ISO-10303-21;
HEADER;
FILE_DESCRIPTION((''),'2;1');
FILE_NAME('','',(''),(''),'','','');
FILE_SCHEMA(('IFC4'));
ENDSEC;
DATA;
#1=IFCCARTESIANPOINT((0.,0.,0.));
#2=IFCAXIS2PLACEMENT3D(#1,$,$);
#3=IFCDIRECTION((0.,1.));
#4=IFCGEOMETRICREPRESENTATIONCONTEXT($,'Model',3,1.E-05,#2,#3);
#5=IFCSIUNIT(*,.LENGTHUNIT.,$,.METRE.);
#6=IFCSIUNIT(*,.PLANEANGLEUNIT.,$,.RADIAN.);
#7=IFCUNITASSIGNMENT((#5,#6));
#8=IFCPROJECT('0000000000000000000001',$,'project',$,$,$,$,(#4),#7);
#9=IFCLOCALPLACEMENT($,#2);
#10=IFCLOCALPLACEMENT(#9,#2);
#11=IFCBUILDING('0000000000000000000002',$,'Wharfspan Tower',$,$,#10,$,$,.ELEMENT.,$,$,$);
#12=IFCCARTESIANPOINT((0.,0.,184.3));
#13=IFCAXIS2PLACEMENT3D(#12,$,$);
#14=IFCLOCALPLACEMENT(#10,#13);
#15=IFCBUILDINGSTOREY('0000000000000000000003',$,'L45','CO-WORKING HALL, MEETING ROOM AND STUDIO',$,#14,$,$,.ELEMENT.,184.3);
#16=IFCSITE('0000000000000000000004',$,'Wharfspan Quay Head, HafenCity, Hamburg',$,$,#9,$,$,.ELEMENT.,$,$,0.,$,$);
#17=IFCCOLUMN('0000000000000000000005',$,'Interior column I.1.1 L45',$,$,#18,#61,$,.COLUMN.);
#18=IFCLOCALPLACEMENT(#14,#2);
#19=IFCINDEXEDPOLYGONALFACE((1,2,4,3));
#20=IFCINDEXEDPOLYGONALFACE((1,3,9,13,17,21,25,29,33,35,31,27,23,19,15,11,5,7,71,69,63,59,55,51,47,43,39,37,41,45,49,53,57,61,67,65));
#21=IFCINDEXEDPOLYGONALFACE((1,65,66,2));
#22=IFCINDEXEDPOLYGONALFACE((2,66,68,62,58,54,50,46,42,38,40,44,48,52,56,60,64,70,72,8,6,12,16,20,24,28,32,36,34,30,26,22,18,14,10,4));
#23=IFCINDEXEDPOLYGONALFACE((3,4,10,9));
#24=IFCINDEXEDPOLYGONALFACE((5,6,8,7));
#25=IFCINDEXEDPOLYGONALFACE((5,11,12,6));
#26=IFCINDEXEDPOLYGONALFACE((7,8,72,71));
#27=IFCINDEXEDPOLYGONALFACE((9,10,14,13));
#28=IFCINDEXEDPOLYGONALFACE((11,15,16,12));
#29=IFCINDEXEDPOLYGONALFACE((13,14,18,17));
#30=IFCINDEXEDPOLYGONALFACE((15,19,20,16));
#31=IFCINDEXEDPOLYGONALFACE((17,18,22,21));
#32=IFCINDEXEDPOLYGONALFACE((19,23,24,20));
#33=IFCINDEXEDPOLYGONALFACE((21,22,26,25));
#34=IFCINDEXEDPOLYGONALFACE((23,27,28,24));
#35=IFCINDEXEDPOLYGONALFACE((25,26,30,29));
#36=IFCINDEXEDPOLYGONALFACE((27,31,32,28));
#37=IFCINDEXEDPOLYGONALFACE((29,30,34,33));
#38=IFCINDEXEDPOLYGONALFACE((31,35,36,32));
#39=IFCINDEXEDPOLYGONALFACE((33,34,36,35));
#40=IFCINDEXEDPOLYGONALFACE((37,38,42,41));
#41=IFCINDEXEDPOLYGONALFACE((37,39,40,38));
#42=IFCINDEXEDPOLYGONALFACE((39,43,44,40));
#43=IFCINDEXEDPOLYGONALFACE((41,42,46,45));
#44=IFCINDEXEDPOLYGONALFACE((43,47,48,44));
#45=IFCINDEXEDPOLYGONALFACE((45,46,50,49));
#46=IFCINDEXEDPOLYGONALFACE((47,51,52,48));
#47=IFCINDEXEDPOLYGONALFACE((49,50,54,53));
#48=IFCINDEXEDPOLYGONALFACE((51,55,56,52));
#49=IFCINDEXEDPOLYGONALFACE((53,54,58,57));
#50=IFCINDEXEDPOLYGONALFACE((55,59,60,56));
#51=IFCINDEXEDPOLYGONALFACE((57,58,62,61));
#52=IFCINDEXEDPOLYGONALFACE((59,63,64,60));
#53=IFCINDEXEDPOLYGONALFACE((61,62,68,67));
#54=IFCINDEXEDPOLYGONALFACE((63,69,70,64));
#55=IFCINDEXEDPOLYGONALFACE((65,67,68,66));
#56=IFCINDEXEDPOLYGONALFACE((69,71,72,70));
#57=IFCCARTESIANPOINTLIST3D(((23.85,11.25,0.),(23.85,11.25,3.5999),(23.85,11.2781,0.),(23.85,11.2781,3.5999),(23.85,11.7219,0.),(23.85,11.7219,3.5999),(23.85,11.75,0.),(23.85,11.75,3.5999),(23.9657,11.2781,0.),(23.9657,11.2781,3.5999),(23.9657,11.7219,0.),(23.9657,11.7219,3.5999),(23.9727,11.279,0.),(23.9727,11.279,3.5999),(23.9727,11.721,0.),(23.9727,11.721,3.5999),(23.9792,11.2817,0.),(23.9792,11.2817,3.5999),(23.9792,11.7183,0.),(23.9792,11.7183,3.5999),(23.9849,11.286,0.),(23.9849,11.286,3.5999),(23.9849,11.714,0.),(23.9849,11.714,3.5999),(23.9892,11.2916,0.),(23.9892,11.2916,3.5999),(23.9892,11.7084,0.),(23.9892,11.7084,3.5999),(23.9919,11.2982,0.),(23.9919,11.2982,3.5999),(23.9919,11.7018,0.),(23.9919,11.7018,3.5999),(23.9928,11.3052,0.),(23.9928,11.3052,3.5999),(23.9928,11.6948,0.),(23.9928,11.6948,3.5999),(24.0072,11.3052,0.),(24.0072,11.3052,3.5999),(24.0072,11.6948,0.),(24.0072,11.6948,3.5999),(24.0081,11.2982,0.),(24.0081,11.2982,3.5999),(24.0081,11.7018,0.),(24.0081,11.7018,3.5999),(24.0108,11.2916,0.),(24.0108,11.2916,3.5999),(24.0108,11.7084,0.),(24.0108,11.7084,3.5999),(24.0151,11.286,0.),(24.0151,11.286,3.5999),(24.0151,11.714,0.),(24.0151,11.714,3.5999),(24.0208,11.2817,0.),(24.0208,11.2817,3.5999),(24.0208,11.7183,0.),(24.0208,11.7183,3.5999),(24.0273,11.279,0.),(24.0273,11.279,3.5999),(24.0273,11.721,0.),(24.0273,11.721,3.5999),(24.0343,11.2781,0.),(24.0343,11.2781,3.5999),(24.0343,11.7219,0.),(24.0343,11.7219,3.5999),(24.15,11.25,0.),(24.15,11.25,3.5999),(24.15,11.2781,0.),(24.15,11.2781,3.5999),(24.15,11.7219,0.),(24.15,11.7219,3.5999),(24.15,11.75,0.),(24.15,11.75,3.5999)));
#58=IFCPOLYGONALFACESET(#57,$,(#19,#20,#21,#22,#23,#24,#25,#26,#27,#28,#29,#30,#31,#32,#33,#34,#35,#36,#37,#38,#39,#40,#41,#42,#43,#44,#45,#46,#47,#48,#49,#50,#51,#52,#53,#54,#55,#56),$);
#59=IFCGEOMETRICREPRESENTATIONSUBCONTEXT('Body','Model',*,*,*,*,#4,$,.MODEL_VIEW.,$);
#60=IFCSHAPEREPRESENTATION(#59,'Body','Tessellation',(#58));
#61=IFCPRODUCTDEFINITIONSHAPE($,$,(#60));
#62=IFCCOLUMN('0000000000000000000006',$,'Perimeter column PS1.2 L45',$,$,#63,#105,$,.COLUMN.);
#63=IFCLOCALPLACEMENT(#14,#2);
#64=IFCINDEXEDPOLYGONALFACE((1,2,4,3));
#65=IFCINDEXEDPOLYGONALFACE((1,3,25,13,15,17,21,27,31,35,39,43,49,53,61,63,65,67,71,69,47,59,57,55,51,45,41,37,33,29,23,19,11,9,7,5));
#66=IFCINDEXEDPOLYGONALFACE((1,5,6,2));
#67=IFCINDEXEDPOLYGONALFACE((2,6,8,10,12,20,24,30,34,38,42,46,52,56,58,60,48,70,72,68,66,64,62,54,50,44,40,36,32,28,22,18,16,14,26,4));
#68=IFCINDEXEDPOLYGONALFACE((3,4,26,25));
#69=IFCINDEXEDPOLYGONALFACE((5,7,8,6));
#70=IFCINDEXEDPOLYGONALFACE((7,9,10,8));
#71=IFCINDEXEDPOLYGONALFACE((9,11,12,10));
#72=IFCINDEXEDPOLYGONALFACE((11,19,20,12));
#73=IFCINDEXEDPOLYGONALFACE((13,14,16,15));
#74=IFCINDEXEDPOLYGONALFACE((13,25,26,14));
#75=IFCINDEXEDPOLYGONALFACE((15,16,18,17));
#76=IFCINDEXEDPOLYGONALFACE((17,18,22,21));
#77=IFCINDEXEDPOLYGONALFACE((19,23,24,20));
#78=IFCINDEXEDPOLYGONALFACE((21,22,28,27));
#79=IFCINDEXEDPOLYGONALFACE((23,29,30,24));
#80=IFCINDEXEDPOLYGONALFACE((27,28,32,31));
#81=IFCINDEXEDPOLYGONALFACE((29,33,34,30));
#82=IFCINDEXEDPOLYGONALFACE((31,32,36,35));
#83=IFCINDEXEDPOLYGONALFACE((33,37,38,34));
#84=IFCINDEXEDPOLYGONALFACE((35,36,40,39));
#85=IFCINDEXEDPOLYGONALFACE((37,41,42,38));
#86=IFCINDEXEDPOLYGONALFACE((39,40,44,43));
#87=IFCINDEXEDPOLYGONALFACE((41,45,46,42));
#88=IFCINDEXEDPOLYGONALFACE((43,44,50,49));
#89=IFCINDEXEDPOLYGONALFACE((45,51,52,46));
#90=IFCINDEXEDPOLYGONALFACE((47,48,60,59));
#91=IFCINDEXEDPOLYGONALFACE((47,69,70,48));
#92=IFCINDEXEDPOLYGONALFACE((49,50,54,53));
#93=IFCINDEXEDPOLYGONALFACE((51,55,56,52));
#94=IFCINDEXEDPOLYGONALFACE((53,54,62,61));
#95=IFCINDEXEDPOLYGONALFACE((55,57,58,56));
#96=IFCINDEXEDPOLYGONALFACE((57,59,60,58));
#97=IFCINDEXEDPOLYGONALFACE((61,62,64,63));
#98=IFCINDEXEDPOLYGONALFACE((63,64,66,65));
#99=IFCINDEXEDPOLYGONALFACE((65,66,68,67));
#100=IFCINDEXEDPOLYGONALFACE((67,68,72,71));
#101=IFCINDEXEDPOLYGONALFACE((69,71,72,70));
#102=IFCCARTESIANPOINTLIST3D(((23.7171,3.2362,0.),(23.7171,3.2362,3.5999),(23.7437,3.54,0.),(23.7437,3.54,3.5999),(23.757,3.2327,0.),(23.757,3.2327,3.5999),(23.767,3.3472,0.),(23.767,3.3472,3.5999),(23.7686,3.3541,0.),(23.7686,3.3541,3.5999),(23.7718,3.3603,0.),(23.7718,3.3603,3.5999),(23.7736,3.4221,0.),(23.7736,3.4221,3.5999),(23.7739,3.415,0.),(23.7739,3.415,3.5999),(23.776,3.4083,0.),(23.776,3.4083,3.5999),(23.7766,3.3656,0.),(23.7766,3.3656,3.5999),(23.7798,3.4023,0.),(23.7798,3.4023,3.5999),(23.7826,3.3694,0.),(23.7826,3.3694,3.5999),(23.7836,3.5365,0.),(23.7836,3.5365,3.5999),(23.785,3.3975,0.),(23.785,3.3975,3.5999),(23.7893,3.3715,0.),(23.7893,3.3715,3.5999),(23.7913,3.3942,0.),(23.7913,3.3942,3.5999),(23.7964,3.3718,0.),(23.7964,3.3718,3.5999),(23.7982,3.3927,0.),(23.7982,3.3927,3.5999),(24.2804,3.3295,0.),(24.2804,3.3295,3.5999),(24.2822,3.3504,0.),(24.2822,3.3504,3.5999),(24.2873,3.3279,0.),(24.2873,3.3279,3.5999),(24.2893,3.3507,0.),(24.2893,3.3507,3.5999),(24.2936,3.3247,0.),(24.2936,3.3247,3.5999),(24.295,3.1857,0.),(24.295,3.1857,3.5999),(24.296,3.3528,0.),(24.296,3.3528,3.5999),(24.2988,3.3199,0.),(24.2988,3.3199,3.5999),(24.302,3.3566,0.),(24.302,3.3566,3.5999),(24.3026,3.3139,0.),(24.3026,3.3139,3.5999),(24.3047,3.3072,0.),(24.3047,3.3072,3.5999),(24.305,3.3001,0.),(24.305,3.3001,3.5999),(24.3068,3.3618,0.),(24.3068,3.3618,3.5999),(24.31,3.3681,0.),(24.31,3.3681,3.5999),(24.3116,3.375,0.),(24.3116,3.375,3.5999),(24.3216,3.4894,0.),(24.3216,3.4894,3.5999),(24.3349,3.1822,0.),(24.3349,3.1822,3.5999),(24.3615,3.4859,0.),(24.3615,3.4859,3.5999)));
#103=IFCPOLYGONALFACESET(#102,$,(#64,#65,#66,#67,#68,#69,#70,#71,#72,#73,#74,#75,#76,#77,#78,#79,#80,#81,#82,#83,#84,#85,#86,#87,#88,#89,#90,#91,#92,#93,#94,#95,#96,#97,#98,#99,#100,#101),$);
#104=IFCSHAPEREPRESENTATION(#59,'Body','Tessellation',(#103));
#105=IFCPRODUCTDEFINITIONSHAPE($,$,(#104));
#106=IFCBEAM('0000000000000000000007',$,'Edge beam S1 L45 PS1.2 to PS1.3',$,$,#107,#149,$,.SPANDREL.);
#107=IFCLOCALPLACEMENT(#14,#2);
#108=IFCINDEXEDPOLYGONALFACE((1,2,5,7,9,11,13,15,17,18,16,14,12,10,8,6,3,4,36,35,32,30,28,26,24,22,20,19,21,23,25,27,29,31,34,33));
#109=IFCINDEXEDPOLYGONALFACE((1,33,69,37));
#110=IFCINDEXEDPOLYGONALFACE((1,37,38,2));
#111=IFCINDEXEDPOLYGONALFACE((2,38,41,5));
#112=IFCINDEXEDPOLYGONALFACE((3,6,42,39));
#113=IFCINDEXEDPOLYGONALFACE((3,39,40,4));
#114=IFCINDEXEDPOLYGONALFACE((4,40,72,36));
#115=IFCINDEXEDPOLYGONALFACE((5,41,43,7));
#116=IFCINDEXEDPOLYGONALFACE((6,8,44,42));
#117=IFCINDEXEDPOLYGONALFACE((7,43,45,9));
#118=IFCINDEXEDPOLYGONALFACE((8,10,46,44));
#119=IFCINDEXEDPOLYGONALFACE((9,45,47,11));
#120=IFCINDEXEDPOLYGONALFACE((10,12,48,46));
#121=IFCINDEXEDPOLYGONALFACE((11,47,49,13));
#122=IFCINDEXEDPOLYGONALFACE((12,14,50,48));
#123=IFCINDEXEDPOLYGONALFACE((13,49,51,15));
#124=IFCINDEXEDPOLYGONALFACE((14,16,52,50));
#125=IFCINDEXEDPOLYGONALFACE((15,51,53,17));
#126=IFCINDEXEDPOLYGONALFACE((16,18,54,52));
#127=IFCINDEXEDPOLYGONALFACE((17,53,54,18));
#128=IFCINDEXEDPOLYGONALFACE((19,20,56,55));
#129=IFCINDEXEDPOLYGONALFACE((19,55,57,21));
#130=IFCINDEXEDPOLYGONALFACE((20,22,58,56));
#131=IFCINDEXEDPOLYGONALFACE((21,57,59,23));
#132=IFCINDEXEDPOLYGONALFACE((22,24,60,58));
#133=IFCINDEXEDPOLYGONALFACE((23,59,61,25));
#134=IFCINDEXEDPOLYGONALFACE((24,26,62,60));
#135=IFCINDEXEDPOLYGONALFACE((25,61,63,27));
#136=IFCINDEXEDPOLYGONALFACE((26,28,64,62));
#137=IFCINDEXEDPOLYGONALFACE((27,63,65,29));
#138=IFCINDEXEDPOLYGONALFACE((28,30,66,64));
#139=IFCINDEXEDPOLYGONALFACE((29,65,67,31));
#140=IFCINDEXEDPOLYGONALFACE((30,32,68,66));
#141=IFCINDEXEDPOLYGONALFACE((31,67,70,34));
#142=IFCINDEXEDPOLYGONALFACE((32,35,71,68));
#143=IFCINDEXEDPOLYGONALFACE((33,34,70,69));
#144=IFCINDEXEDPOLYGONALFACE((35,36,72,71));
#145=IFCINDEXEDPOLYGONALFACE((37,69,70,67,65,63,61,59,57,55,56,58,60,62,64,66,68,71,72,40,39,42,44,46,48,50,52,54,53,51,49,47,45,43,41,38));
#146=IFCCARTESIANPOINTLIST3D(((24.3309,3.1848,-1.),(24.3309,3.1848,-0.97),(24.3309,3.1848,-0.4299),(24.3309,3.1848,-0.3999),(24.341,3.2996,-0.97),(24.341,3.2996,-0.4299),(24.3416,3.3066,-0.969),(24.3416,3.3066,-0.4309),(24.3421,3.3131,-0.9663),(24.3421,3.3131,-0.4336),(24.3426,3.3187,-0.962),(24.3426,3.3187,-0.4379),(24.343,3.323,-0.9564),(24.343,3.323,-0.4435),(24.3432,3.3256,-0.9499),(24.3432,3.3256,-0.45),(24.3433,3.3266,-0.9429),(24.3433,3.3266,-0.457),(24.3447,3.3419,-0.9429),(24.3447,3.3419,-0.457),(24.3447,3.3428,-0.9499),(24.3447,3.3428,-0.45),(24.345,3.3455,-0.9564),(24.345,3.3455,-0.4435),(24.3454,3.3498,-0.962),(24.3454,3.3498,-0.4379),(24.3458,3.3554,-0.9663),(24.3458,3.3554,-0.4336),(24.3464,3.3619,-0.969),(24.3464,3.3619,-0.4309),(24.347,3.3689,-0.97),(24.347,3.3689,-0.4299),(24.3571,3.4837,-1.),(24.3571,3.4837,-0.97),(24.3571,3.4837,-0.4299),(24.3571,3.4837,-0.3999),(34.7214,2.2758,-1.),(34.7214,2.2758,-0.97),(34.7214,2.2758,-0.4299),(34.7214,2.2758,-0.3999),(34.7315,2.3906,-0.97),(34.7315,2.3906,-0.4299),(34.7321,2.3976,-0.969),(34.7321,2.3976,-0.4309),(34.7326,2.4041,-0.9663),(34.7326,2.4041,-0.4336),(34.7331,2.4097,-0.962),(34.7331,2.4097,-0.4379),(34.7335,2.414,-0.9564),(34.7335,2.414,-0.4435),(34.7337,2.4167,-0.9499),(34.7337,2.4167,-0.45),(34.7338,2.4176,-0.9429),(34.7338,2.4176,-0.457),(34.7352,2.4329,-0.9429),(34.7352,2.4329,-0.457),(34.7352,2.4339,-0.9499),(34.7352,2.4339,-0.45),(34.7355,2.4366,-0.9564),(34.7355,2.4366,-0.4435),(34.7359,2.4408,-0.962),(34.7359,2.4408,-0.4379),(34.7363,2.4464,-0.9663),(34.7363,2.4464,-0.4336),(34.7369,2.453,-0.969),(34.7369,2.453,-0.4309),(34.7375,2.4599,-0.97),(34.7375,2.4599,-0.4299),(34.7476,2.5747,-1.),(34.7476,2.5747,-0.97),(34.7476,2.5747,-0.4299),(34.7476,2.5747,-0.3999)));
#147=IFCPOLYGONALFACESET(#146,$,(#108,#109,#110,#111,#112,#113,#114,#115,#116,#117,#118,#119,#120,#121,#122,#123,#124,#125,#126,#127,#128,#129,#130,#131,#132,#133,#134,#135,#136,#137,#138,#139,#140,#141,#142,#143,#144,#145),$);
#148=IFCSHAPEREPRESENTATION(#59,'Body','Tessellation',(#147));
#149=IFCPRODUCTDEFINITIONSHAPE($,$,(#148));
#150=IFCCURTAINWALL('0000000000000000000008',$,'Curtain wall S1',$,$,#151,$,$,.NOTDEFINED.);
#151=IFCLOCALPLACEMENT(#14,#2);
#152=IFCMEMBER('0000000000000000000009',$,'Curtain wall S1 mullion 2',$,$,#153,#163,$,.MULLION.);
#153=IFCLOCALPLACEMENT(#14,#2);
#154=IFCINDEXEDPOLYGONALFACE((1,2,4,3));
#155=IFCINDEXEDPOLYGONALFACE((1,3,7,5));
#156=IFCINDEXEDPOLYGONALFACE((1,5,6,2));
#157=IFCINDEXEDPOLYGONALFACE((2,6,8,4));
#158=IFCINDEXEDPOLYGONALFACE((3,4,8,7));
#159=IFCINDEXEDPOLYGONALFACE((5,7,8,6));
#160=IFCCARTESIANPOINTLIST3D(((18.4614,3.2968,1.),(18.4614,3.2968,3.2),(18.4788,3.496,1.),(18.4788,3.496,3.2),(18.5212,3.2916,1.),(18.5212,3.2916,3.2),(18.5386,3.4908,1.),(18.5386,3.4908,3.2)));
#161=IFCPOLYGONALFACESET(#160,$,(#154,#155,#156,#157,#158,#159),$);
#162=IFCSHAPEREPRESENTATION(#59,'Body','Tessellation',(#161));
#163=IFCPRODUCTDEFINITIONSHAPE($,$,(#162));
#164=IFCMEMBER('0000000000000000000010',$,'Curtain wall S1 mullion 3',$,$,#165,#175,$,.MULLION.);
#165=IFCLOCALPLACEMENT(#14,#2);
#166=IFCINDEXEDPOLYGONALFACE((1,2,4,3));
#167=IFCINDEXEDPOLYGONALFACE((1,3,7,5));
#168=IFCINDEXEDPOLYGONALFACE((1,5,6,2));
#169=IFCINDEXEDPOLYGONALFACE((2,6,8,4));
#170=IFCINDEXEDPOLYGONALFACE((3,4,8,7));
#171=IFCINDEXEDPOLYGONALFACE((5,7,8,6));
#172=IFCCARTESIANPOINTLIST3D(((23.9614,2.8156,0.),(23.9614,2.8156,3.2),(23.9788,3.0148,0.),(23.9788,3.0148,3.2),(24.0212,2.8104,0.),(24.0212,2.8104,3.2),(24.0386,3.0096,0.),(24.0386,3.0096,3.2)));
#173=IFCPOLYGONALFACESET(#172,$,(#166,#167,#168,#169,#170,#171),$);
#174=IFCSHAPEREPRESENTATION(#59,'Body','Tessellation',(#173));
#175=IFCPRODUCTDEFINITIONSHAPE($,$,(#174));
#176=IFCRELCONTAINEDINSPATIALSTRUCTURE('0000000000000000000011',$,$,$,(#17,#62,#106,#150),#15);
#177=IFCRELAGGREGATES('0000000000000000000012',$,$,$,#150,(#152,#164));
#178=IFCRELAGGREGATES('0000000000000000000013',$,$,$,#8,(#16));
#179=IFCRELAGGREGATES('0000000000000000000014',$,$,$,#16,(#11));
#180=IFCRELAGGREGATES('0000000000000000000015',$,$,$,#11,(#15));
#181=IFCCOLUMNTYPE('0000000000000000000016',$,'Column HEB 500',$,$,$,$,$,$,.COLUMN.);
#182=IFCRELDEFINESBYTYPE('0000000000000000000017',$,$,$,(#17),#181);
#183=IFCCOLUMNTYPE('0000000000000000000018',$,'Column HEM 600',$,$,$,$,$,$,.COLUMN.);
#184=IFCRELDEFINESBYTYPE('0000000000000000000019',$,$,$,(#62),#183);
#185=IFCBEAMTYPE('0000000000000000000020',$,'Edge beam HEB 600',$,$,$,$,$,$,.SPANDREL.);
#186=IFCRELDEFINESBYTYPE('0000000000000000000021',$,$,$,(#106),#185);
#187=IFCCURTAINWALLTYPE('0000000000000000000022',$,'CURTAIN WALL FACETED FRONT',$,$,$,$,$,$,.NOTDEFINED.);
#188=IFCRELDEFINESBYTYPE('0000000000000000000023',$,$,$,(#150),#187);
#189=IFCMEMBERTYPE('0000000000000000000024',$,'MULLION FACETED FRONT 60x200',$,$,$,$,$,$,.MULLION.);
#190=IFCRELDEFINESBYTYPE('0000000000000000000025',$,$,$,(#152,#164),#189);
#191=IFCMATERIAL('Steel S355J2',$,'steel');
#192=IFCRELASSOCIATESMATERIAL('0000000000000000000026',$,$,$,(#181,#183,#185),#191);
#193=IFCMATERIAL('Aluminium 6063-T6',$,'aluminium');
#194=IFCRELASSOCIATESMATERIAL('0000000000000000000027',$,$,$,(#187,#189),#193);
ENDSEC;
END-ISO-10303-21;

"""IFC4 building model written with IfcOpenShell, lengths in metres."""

from ifc_helpers import new_model, si_unit, direction, frame, origin, origin_2d, place, context, subcontext, project, spatial, rectangle, i_section, extrude, material, material_profile, profile_set, type_object, element, aggregate, save


model = new_model("IFC4")

# Units and contexts
model_context = context("Model", 3, precision=1e-05, world=origin(), true_north=direction((0.0, 1.0)))
body_context = subcontext(model_context, "Body", "Model", "MODEL_VIEW")
ifc_project = project(units=[si_unit("LENGTHUNIT", "METRE"), si_unit("PLANEANGLEUNIT", "RADIAN")], contexts=[model_context])

# Site, building, storey
site_placement = place(None, origin())
site = spatial("IfcSite", under=ifc_project, at=site_placement, Name="Wharfspan Quay Head, HafenCity, Hamburg", CompositionType="ELEMENT", RefElevation=0.0)
building_placement = place(site_placement, origin())
building = spatial("IfcBuilding", under=site, at=building_placement, Name="Wharfspan Tower", CompositionType="ELEMENT")
storey_placement = place(building_placement, frame((0.0, 0.0, 184.3)))
storey = spatial("IfcBuildingStorey", under=building, at=storey_placement, Name="L45", Description="CO-WORKING HALL, MEETING ROOM AND STUDIO", CompositionType="ELEMENT", Elevation=184.3)

# Columns
ifc_material_1 = material(Name="Steel S355J2", Category="steel")
ifc_material_profile_1 = material_profile(ifc_material_1, i_section(OverallWidth=0.3, OverallDepth=0.5, WebThickness=0.0144, FlangeThickness=0.0281, FilletRadius=0.0271, at=origin_2d()))
ifc_profile_set_1 = profile_set([ifc_material_profile_1], Name="Steel S355J2")
column_type_1 = type_object("IfcColumnType", Name="Column HEB 500", PredefinedType="COLUMN", material=ifc_profile_set_1)
column_1_placement = place(storey_placement, frame((24.0, 11.5, 0.0), z_axis=(0.0, 0.0, 1.0), x_axis=(1.0, 0.0, 0.0)))
element("IfcColumn", 1, at=column_1_placement, inside=storey, type_object=column_type_1, Name="Interior column I.1.1 L45", PredefinedType="COLUMN", context=body_context, shape_type="SweptSolid", body=[
    extrude(i_section(OverallWidth=0.3, OverallDepth=0.5, WebThickness=0.0144, FlangeThickness=0.0281, FilletRadius=0.0271, at=origin_2d()), origin(), (0.0, 0.0, 1.0), 3.5999),
])
ifc_material_profile_2 = material_profile(ifc_material_1, i_section(OverallWidth=0.3049, OverallDepth=0.6201, WebThickness=0.021, FlangeThickness=0.04, FilletRadius=0.0271, at=origin_2d()))
ifc_profile_set_2 = profile_set([ifc_material_profile_2], Name="Steel S355J2")
column_type_2 = type_object("IfcColumnType", Name="Column HEM 600", PredefinedType="COLUMN", material=ifc_profile_set_2)
column_2_placement = place(storey_placement, frame((24.0393, 3.3611, 0.0), z_axis=(0.0, 0.0, 1.0), x_axis=(-0.087156, -0.996198, 0.0)))
element("IfcColumn", 2, at=column_2_placement, inside=storey, type_object=column_type_2, Name="Perimeter column PS1.2 L45", PredefinedType="COLUMN", context=body_context, shape_type="SweptSolid", body=[
    extrude(i_section(OverallWidth=0.3049, OverallDepth=0.6201, WebThickness=0.021, FlangeThickness=0.04, FilletRadius=0.0271, at=origin_2d()), origin(), (0.0, 0.0, 1.0), 3.5999),
])

# Beam
ifc_material_profile_3 = material_profile(ifc_material_1, i_section(OverallWidth=0.3, OverallDepth=0.6001, WebThickness=0.0154, FlangeThickness=0.03, FilletRadius=0.0271, at=origin_2d()))
ifc_profile_set_3 = profile_set([ifc_material_profile_3], Name="Steel S355J2")
beam_type = type_object("IfcBeamType", Name="Edge beam HEB 600", PredefinedType="SPANDREL", material=ifc_profile_set_3)
beam_placement = place(storey_placement, frame((24.344, 3.3342, -0.7), z_axis=(0.996196, -0.087146, 0.0), x_axis=(0.087146, 0.996196, 0.0)))
element("IfcBeam", 3, at=beam_placement, inside=storey, type_object=beam_type, Name="Edge beam S1 L45 PS1.2 to PS1.3", PredefinedType="SPANDREL", context=body_context, shape_type="SweptSolid", body=[
    extrude(i_section(OverallWidth=0.3, OverallDepth=0.6001, WebThickness=0.0154, FlangeThickness=0.03, FilletRadius=0.0271, at=origin_2d()), origin(), (0.0, 0.0, 1.0), 10.4302),
])

# Curtain wall, members
ifc_material_2 = material(Name="Aluminium 6063-T6", Category="aluminium")
curtain_wall_type = type_object("IfcCurtainWallType", Name="CURTAIN WALL FACETED FRONT", PredefinedType="NOTDEFINED", material=ifc_material_2)
curtain_wall_placement = place(storey_placement, origin())
curtain_wall = element("IfcCurtainWall", 4, at=curtain_wall_placement, inside=storey, type_object=curtain_wall_type, Name="Curtain wall S1", PredefinedType="NOTDEFINED")
ifc_material_profile_4 = material_profile(ifc_material_2, rectangle(XDim=0.2, YDim=0.0601, at=origin_2d()))
ifc_profile_set_4 = profile_set([ifc_material_profile_4], Name="Aluminium 6063-T6")
member_type_1 = type_object("IfcMemberType", Name="MULLION FACETED FRONT 60x200", PredefinedType="MULLION", material=ifc_profile_set_4)
member_1_placement = place(storey_placement, frame((18.5, 3.3938, 1.0), z_axis=(0.0, 0.0, 1.0), x_axis=(0.087156, 0.996198, 0.0)))
member_1 = element("IfcMember", 5, at=member_1_placement, type_object=member_type_1, Name="Curtain wall S1 mullion 2", PredefinedType="MULLION", context=body_context, shape_type="SweptSolid", body=[
    extrude(rectangle(XDim=0.2, YDim=0.0601, at=origin_2d()), origin(), (0.0, 0.0, 1.0), 2.2),
])
member_2_placement = place(storey_placement, frame((24.0, 2.9126, 0.0), z_axis=(0.0, 0.0, 1.0), x_axis=(0.087156, 0.996198, 0.0)))
member_2 = element("IfcMember", 6, at=member_2_placement, type_object=member_type_1, Name="Curtain wall S1 mullion 3", PredefinedType="MULLION", context=body_context, shape_type="SweptSolid", body=[
    extrude(rectangle(XDim=0.2, YDim=0.0601, at=origin_2d()), origin(), (0.0, 0.0, 1.0), 3.2),
])

aggregate(curtain_wall, [member_1, member_2])

save(model, "model.ifc")
